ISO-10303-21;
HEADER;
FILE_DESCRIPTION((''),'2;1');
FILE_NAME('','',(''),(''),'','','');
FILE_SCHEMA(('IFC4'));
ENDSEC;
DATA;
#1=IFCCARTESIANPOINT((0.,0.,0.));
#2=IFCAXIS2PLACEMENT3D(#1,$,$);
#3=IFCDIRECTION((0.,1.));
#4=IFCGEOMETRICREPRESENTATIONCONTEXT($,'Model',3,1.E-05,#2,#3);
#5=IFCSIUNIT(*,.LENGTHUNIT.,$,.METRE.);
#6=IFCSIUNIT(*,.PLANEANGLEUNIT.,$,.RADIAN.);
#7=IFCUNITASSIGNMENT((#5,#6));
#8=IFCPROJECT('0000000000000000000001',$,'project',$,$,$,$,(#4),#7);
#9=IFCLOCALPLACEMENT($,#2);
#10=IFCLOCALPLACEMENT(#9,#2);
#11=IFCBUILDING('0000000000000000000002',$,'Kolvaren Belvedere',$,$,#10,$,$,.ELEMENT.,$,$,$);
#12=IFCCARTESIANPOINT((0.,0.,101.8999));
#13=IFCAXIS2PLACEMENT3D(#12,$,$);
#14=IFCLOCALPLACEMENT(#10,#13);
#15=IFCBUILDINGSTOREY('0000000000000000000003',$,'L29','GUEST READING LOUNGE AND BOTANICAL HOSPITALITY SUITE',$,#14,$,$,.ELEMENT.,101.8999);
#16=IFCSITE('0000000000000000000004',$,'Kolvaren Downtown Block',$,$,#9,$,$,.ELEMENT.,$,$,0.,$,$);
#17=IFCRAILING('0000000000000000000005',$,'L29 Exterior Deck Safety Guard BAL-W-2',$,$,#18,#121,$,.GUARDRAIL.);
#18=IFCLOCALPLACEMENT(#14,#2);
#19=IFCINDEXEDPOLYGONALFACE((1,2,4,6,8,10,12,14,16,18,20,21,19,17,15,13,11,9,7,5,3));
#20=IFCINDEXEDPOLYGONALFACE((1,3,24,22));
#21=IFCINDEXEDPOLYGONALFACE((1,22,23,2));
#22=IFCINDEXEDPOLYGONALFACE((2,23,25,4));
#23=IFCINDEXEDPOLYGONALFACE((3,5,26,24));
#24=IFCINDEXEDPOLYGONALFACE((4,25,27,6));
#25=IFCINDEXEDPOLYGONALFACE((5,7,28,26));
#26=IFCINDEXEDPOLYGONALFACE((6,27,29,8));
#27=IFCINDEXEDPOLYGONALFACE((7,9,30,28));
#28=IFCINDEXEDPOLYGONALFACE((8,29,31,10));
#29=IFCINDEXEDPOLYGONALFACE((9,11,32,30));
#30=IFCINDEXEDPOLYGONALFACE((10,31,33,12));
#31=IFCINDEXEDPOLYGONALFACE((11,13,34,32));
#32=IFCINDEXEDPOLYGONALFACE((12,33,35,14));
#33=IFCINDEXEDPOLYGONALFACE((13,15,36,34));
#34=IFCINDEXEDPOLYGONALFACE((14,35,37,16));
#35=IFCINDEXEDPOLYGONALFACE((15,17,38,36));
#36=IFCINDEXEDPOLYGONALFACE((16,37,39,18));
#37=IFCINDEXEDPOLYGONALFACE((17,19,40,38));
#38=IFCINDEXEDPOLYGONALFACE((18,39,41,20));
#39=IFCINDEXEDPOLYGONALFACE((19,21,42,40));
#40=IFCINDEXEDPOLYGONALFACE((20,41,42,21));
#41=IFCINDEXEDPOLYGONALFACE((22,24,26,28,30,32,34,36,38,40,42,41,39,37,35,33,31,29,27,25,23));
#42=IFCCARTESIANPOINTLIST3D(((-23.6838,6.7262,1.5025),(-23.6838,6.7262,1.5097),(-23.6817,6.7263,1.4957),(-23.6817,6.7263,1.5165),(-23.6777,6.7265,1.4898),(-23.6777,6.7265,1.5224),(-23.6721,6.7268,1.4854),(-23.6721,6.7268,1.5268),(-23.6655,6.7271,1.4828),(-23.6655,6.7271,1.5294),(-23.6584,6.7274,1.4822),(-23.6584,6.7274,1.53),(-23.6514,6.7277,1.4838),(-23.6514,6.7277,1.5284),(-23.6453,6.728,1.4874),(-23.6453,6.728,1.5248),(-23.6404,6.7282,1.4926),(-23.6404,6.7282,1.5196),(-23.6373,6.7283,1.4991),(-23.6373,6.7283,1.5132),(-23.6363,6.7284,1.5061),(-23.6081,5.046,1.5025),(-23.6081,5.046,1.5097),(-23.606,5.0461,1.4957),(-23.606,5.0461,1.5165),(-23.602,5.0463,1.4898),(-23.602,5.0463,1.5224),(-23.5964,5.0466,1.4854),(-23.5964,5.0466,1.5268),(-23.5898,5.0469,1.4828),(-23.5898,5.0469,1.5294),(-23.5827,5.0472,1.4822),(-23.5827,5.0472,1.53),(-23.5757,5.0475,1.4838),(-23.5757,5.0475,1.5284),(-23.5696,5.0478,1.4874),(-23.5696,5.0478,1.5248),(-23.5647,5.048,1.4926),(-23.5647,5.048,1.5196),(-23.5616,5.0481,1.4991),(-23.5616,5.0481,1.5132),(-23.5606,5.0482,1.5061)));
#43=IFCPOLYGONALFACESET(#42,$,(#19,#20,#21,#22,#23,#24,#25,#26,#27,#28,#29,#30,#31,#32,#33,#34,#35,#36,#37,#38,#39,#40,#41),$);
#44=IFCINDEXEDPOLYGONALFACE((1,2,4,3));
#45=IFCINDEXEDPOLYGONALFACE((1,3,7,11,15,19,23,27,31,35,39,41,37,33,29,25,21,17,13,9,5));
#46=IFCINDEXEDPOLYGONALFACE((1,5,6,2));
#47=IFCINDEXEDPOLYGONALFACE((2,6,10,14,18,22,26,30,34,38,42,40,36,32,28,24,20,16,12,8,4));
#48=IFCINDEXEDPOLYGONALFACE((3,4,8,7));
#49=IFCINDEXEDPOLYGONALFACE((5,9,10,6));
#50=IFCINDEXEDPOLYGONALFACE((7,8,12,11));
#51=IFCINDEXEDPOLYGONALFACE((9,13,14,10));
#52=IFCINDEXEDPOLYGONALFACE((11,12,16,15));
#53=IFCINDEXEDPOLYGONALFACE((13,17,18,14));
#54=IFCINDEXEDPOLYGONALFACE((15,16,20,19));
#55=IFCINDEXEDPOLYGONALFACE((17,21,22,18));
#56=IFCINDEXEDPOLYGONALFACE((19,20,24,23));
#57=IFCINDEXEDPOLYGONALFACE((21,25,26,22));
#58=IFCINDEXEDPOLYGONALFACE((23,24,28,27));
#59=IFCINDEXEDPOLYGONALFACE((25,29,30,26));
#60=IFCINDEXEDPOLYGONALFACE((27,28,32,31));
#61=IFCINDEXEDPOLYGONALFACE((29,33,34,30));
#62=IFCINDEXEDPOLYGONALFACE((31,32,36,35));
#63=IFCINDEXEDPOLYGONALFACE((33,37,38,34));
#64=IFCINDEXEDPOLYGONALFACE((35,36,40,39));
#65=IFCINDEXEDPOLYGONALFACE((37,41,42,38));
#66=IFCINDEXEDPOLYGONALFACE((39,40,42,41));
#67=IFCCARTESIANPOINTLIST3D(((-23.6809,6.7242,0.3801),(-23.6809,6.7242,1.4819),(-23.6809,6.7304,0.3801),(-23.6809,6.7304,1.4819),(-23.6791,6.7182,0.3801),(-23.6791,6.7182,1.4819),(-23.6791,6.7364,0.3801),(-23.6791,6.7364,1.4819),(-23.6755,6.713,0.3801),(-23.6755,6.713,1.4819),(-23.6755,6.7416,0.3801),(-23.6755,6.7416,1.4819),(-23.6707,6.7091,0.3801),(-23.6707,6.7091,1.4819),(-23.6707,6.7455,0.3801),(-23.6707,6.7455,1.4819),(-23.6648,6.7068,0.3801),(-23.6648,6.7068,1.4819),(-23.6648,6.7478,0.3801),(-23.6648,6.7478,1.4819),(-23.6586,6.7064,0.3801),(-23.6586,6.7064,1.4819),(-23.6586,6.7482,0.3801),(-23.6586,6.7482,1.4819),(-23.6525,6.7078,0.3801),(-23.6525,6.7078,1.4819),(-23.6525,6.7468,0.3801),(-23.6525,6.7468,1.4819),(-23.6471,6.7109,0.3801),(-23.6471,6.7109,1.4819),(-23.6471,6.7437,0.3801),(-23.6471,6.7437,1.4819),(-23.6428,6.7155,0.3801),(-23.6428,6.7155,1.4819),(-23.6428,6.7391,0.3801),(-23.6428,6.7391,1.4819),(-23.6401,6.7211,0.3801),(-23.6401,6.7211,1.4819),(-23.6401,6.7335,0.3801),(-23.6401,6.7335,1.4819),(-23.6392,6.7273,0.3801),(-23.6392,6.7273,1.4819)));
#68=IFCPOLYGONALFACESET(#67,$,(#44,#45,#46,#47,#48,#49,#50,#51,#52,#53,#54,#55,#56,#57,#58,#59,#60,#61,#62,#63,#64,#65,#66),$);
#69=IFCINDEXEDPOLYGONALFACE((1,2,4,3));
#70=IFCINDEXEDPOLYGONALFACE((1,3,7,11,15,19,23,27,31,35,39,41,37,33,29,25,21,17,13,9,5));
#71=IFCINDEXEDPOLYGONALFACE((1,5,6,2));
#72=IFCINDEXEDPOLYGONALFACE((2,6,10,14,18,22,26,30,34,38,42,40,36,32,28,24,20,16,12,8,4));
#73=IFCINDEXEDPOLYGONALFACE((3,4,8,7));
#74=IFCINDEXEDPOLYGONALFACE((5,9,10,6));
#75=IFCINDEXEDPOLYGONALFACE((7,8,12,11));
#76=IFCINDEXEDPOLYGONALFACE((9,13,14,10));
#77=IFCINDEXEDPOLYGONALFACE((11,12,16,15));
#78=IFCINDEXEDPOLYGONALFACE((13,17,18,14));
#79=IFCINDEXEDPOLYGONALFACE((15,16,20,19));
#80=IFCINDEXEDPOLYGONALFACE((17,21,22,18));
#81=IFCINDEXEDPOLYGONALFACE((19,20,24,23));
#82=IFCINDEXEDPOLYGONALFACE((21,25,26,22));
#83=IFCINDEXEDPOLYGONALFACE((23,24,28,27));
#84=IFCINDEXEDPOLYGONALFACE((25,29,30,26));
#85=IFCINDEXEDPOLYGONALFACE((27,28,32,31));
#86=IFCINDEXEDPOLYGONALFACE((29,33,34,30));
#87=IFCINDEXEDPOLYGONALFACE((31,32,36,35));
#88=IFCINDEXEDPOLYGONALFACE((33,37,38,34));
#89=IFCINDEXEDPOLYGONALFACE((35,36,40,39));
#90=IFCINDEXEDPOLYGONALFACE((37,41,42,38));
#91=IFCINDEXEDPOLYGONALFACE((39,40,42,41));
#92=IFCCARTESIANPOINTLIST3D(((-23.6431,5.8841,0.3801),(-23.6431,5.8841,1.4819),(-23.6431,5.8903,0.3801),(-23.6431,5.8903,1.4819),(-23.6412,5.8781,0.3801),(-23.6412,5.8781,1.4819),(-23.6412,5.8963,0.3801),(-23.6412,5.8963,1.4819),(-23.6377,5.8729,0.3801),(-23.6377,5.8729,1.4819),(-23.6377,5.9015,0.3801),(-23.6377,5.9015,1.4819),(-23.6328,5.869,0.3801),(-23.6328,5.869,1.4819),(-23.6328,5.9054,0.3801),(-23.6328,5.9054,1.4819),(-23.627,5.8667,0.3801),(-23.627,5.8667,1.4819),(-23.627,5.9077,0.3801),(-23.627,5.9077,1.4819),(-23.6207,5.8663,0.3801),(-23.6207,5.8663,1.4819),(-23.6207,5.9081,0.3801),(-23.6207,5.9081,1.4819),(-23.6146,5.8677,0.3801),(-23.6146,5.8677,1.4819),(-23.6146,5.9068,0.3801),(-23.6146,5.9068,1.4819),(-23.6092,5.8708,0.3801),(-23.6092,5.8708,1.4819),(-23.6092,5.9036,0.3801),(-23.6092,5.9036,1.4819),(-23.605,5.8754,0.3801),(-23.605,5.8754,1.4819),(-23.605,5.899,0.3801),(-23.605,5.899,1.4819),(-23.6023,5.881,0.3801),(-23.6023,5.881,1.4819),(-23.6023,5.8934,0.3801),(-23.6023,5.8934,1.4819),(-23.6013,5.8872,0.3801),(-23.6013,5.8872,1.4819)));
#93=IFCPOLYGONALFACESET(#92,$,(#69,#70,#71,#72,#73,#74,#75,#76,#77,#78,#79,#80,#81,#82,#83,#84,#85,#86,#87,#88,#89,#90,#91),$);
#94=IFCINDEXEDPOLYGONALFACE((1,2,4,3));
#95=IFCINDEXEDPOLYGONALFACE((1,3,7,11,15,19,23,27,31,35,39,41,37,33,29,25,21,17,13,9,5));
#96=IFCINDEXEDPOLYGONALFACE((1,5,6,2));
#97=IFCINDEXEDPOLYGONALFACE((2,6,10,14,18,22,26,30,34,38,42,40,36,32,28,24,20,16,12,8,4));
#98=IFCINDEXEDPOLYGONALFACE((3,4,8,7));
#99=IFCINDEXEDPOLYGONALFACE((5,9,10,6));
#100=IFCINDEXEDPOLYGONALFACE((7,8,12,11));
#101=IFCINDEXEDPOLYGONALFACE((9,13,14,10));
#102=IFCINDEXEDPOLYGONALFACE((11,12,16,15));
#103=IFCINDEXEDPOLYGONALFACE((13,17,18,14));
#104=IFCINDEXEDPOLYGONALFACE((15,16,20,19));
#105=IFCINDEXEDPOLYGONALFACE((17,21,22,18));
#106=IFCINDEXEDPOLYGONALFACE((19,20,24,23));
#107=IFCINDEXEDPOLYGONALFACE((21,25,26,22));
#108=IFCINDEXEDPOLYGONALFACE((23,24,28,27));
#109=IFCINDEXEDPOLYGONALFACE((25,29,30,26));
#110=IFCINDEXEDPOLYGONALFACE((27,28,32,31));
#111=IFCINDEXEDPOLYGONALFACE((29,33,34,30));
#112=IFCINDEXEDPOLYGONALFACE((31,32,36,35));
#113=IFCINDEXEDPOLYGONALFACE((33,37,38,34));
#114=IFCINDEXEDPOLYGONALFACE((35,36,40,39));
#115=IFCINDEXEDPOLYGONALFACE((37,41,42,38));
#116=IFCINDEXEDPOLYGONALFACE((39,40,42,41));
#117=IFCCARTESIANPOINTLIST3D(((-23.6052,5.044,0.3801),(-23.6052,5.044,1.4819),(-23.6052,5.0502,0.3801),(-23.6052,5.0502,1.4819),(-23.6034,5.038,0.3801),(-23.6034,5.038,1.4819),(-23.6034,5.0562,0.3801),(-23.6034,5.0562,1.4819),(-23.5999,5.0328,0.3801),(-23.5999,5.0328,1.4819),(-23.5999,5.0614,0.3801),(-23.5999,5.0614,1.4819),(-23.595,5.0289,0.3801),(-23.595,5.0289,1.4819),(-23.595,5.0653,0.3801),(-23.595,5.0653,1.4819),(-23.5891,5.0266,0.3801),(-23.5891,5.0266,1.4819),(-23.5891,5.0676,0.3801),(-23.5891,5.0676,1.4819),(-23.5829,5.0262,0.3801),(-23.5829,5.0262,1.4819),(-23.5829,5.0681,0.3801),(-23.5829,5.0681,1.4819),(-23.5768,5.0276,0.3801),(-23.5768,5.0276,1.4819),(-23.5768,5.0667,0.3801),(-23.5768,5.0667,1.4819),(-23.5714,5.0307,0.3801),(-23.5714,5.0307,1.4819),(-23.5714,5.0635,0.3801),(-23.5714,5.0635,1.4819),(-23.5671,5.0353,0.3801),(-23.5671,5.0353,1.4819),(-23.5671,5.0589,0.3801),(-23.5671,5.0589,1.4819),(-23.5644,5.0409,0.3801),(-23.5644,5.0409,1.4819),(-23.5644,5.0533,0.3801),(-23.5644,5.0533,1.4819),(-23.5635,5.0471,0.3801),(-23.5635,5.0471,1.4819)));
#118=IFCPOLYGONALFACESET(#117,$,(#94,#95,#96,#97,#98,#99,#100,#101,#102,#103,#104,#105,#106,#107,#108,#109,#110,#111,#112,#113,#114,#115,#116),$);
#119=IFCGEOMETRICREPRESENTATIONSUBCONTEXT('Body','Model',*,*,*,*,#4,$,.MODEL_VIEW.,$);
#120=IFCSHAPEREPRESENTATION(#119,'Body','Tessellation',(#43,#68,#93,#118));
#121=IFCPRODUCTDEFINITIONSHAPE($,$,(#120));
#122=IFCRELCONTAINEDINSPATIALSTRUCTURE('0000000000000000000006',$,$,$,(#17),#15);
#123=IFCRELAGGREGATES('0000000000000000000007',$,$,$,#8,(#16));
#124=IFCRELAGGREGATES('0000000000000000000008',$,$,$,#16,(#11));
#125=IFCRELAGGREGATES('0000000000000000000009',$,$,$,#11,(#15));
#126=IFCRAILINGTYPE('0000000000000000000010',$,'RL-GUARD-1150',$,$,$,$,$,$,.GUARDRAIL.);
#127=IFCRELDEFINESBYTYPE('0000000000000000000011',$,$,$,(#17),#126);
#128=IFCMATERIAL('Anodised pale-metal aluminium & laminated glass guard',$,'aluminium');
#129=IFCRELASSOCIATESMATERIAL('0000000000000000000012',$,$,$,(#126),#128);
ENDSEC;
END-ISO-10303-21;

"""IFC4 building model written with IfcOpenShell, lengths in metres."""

from ifc_helpers import new_model, si_unit, direction, frame, origin, origin_2d, place, context, subcontext, project, spatial, circle, extrude, material, type_object, element, save


model = new_model("IFC4")

# Units and contexts
model_context = context("Model", 3, precision=1e-05, world=origin(), true_north=direction((0.0, 1.0)))
body_context = subcontext(model_context, "Body", "Model", "MODEL_VIEW")
ifc_project = project(units=[si_unit("LENGTHUNIT", "METRE"), si_unit("PLANEANGLEUNIT", "RADIAN")], contexts=[model_context])

# Site, building, storey
site_placement = place(None, origin())
site = spatial("IfcSite", under=ifc_project, at=site_placement, Name="Kolvaren Downtown Block", CompositionType="ELEMENT", RefElevation=0.0)
building_placement = place(site_placement, origin())
building = spatial("IfcBuilding", under=site, at=building_placement, Name="Kolvaren Belvedere", CompositionType="ELEMENT")
storey_placement = place(building_placement, frame((0.0, 0.0, 101.8999)))
storey = spatial("IfcBuildingStorey", under=building, at=storey_placement, Name="L29", Description="GUEST READING LOUNGE AND BOTANICAL HOSPITALITY SUITE", CompositionType="ELEMENT", Elevation=101.8999)

# Railing
ifc_material_1 = material(Name="Anodised pale-metal aluminium & laminated glass guard", Category="aluminium")
railing_type = type_object("IfcRailingType", Name="RL-GUARD-1150", PredefinedType="GUARDRAIL", material=ifc_material_1)
railing_1_placement = place(storey_placement, frame((-23.6602, 6.7273, 0.3801)))
element("IfcRailing", 1, at=railing_1_placement, inside=storey, type_object=railing_type, Name="L29 Exterior Deck Safety Guard BAL-W-2", PredefinedType="GUARDRAIL", context=body_context, shape_type="SweptSolid", body=[
    extrude(circle(Radius=0.0239, at=origin_2d()), frame((0.0, 0.0, 1.126), z_axis=(0.044999, -0.998987, 0.0), x_axis=(0.998987, 0.044999, 0.0)), (0.0, 0.0, 1.0), 1.6819),
    extrude(circle(Radius=0.021, at=origin_2d()), origin(), (0.0, 0.0, 1.0), 1.1018),
    extrude(circle(Radius=0.021, at=origin_2d()), frame((0.0378, -0.8401, 0.0)), (0.0, 0.0, 1.0), 1.1018),
    extrude(circle(Radius=0.021, at=origin_2d()), frame((0.0757, -1.6802, 0.0)), (0.0, 0.0, 1.0), 1.1018),
])

save(model, "model.ifc")
